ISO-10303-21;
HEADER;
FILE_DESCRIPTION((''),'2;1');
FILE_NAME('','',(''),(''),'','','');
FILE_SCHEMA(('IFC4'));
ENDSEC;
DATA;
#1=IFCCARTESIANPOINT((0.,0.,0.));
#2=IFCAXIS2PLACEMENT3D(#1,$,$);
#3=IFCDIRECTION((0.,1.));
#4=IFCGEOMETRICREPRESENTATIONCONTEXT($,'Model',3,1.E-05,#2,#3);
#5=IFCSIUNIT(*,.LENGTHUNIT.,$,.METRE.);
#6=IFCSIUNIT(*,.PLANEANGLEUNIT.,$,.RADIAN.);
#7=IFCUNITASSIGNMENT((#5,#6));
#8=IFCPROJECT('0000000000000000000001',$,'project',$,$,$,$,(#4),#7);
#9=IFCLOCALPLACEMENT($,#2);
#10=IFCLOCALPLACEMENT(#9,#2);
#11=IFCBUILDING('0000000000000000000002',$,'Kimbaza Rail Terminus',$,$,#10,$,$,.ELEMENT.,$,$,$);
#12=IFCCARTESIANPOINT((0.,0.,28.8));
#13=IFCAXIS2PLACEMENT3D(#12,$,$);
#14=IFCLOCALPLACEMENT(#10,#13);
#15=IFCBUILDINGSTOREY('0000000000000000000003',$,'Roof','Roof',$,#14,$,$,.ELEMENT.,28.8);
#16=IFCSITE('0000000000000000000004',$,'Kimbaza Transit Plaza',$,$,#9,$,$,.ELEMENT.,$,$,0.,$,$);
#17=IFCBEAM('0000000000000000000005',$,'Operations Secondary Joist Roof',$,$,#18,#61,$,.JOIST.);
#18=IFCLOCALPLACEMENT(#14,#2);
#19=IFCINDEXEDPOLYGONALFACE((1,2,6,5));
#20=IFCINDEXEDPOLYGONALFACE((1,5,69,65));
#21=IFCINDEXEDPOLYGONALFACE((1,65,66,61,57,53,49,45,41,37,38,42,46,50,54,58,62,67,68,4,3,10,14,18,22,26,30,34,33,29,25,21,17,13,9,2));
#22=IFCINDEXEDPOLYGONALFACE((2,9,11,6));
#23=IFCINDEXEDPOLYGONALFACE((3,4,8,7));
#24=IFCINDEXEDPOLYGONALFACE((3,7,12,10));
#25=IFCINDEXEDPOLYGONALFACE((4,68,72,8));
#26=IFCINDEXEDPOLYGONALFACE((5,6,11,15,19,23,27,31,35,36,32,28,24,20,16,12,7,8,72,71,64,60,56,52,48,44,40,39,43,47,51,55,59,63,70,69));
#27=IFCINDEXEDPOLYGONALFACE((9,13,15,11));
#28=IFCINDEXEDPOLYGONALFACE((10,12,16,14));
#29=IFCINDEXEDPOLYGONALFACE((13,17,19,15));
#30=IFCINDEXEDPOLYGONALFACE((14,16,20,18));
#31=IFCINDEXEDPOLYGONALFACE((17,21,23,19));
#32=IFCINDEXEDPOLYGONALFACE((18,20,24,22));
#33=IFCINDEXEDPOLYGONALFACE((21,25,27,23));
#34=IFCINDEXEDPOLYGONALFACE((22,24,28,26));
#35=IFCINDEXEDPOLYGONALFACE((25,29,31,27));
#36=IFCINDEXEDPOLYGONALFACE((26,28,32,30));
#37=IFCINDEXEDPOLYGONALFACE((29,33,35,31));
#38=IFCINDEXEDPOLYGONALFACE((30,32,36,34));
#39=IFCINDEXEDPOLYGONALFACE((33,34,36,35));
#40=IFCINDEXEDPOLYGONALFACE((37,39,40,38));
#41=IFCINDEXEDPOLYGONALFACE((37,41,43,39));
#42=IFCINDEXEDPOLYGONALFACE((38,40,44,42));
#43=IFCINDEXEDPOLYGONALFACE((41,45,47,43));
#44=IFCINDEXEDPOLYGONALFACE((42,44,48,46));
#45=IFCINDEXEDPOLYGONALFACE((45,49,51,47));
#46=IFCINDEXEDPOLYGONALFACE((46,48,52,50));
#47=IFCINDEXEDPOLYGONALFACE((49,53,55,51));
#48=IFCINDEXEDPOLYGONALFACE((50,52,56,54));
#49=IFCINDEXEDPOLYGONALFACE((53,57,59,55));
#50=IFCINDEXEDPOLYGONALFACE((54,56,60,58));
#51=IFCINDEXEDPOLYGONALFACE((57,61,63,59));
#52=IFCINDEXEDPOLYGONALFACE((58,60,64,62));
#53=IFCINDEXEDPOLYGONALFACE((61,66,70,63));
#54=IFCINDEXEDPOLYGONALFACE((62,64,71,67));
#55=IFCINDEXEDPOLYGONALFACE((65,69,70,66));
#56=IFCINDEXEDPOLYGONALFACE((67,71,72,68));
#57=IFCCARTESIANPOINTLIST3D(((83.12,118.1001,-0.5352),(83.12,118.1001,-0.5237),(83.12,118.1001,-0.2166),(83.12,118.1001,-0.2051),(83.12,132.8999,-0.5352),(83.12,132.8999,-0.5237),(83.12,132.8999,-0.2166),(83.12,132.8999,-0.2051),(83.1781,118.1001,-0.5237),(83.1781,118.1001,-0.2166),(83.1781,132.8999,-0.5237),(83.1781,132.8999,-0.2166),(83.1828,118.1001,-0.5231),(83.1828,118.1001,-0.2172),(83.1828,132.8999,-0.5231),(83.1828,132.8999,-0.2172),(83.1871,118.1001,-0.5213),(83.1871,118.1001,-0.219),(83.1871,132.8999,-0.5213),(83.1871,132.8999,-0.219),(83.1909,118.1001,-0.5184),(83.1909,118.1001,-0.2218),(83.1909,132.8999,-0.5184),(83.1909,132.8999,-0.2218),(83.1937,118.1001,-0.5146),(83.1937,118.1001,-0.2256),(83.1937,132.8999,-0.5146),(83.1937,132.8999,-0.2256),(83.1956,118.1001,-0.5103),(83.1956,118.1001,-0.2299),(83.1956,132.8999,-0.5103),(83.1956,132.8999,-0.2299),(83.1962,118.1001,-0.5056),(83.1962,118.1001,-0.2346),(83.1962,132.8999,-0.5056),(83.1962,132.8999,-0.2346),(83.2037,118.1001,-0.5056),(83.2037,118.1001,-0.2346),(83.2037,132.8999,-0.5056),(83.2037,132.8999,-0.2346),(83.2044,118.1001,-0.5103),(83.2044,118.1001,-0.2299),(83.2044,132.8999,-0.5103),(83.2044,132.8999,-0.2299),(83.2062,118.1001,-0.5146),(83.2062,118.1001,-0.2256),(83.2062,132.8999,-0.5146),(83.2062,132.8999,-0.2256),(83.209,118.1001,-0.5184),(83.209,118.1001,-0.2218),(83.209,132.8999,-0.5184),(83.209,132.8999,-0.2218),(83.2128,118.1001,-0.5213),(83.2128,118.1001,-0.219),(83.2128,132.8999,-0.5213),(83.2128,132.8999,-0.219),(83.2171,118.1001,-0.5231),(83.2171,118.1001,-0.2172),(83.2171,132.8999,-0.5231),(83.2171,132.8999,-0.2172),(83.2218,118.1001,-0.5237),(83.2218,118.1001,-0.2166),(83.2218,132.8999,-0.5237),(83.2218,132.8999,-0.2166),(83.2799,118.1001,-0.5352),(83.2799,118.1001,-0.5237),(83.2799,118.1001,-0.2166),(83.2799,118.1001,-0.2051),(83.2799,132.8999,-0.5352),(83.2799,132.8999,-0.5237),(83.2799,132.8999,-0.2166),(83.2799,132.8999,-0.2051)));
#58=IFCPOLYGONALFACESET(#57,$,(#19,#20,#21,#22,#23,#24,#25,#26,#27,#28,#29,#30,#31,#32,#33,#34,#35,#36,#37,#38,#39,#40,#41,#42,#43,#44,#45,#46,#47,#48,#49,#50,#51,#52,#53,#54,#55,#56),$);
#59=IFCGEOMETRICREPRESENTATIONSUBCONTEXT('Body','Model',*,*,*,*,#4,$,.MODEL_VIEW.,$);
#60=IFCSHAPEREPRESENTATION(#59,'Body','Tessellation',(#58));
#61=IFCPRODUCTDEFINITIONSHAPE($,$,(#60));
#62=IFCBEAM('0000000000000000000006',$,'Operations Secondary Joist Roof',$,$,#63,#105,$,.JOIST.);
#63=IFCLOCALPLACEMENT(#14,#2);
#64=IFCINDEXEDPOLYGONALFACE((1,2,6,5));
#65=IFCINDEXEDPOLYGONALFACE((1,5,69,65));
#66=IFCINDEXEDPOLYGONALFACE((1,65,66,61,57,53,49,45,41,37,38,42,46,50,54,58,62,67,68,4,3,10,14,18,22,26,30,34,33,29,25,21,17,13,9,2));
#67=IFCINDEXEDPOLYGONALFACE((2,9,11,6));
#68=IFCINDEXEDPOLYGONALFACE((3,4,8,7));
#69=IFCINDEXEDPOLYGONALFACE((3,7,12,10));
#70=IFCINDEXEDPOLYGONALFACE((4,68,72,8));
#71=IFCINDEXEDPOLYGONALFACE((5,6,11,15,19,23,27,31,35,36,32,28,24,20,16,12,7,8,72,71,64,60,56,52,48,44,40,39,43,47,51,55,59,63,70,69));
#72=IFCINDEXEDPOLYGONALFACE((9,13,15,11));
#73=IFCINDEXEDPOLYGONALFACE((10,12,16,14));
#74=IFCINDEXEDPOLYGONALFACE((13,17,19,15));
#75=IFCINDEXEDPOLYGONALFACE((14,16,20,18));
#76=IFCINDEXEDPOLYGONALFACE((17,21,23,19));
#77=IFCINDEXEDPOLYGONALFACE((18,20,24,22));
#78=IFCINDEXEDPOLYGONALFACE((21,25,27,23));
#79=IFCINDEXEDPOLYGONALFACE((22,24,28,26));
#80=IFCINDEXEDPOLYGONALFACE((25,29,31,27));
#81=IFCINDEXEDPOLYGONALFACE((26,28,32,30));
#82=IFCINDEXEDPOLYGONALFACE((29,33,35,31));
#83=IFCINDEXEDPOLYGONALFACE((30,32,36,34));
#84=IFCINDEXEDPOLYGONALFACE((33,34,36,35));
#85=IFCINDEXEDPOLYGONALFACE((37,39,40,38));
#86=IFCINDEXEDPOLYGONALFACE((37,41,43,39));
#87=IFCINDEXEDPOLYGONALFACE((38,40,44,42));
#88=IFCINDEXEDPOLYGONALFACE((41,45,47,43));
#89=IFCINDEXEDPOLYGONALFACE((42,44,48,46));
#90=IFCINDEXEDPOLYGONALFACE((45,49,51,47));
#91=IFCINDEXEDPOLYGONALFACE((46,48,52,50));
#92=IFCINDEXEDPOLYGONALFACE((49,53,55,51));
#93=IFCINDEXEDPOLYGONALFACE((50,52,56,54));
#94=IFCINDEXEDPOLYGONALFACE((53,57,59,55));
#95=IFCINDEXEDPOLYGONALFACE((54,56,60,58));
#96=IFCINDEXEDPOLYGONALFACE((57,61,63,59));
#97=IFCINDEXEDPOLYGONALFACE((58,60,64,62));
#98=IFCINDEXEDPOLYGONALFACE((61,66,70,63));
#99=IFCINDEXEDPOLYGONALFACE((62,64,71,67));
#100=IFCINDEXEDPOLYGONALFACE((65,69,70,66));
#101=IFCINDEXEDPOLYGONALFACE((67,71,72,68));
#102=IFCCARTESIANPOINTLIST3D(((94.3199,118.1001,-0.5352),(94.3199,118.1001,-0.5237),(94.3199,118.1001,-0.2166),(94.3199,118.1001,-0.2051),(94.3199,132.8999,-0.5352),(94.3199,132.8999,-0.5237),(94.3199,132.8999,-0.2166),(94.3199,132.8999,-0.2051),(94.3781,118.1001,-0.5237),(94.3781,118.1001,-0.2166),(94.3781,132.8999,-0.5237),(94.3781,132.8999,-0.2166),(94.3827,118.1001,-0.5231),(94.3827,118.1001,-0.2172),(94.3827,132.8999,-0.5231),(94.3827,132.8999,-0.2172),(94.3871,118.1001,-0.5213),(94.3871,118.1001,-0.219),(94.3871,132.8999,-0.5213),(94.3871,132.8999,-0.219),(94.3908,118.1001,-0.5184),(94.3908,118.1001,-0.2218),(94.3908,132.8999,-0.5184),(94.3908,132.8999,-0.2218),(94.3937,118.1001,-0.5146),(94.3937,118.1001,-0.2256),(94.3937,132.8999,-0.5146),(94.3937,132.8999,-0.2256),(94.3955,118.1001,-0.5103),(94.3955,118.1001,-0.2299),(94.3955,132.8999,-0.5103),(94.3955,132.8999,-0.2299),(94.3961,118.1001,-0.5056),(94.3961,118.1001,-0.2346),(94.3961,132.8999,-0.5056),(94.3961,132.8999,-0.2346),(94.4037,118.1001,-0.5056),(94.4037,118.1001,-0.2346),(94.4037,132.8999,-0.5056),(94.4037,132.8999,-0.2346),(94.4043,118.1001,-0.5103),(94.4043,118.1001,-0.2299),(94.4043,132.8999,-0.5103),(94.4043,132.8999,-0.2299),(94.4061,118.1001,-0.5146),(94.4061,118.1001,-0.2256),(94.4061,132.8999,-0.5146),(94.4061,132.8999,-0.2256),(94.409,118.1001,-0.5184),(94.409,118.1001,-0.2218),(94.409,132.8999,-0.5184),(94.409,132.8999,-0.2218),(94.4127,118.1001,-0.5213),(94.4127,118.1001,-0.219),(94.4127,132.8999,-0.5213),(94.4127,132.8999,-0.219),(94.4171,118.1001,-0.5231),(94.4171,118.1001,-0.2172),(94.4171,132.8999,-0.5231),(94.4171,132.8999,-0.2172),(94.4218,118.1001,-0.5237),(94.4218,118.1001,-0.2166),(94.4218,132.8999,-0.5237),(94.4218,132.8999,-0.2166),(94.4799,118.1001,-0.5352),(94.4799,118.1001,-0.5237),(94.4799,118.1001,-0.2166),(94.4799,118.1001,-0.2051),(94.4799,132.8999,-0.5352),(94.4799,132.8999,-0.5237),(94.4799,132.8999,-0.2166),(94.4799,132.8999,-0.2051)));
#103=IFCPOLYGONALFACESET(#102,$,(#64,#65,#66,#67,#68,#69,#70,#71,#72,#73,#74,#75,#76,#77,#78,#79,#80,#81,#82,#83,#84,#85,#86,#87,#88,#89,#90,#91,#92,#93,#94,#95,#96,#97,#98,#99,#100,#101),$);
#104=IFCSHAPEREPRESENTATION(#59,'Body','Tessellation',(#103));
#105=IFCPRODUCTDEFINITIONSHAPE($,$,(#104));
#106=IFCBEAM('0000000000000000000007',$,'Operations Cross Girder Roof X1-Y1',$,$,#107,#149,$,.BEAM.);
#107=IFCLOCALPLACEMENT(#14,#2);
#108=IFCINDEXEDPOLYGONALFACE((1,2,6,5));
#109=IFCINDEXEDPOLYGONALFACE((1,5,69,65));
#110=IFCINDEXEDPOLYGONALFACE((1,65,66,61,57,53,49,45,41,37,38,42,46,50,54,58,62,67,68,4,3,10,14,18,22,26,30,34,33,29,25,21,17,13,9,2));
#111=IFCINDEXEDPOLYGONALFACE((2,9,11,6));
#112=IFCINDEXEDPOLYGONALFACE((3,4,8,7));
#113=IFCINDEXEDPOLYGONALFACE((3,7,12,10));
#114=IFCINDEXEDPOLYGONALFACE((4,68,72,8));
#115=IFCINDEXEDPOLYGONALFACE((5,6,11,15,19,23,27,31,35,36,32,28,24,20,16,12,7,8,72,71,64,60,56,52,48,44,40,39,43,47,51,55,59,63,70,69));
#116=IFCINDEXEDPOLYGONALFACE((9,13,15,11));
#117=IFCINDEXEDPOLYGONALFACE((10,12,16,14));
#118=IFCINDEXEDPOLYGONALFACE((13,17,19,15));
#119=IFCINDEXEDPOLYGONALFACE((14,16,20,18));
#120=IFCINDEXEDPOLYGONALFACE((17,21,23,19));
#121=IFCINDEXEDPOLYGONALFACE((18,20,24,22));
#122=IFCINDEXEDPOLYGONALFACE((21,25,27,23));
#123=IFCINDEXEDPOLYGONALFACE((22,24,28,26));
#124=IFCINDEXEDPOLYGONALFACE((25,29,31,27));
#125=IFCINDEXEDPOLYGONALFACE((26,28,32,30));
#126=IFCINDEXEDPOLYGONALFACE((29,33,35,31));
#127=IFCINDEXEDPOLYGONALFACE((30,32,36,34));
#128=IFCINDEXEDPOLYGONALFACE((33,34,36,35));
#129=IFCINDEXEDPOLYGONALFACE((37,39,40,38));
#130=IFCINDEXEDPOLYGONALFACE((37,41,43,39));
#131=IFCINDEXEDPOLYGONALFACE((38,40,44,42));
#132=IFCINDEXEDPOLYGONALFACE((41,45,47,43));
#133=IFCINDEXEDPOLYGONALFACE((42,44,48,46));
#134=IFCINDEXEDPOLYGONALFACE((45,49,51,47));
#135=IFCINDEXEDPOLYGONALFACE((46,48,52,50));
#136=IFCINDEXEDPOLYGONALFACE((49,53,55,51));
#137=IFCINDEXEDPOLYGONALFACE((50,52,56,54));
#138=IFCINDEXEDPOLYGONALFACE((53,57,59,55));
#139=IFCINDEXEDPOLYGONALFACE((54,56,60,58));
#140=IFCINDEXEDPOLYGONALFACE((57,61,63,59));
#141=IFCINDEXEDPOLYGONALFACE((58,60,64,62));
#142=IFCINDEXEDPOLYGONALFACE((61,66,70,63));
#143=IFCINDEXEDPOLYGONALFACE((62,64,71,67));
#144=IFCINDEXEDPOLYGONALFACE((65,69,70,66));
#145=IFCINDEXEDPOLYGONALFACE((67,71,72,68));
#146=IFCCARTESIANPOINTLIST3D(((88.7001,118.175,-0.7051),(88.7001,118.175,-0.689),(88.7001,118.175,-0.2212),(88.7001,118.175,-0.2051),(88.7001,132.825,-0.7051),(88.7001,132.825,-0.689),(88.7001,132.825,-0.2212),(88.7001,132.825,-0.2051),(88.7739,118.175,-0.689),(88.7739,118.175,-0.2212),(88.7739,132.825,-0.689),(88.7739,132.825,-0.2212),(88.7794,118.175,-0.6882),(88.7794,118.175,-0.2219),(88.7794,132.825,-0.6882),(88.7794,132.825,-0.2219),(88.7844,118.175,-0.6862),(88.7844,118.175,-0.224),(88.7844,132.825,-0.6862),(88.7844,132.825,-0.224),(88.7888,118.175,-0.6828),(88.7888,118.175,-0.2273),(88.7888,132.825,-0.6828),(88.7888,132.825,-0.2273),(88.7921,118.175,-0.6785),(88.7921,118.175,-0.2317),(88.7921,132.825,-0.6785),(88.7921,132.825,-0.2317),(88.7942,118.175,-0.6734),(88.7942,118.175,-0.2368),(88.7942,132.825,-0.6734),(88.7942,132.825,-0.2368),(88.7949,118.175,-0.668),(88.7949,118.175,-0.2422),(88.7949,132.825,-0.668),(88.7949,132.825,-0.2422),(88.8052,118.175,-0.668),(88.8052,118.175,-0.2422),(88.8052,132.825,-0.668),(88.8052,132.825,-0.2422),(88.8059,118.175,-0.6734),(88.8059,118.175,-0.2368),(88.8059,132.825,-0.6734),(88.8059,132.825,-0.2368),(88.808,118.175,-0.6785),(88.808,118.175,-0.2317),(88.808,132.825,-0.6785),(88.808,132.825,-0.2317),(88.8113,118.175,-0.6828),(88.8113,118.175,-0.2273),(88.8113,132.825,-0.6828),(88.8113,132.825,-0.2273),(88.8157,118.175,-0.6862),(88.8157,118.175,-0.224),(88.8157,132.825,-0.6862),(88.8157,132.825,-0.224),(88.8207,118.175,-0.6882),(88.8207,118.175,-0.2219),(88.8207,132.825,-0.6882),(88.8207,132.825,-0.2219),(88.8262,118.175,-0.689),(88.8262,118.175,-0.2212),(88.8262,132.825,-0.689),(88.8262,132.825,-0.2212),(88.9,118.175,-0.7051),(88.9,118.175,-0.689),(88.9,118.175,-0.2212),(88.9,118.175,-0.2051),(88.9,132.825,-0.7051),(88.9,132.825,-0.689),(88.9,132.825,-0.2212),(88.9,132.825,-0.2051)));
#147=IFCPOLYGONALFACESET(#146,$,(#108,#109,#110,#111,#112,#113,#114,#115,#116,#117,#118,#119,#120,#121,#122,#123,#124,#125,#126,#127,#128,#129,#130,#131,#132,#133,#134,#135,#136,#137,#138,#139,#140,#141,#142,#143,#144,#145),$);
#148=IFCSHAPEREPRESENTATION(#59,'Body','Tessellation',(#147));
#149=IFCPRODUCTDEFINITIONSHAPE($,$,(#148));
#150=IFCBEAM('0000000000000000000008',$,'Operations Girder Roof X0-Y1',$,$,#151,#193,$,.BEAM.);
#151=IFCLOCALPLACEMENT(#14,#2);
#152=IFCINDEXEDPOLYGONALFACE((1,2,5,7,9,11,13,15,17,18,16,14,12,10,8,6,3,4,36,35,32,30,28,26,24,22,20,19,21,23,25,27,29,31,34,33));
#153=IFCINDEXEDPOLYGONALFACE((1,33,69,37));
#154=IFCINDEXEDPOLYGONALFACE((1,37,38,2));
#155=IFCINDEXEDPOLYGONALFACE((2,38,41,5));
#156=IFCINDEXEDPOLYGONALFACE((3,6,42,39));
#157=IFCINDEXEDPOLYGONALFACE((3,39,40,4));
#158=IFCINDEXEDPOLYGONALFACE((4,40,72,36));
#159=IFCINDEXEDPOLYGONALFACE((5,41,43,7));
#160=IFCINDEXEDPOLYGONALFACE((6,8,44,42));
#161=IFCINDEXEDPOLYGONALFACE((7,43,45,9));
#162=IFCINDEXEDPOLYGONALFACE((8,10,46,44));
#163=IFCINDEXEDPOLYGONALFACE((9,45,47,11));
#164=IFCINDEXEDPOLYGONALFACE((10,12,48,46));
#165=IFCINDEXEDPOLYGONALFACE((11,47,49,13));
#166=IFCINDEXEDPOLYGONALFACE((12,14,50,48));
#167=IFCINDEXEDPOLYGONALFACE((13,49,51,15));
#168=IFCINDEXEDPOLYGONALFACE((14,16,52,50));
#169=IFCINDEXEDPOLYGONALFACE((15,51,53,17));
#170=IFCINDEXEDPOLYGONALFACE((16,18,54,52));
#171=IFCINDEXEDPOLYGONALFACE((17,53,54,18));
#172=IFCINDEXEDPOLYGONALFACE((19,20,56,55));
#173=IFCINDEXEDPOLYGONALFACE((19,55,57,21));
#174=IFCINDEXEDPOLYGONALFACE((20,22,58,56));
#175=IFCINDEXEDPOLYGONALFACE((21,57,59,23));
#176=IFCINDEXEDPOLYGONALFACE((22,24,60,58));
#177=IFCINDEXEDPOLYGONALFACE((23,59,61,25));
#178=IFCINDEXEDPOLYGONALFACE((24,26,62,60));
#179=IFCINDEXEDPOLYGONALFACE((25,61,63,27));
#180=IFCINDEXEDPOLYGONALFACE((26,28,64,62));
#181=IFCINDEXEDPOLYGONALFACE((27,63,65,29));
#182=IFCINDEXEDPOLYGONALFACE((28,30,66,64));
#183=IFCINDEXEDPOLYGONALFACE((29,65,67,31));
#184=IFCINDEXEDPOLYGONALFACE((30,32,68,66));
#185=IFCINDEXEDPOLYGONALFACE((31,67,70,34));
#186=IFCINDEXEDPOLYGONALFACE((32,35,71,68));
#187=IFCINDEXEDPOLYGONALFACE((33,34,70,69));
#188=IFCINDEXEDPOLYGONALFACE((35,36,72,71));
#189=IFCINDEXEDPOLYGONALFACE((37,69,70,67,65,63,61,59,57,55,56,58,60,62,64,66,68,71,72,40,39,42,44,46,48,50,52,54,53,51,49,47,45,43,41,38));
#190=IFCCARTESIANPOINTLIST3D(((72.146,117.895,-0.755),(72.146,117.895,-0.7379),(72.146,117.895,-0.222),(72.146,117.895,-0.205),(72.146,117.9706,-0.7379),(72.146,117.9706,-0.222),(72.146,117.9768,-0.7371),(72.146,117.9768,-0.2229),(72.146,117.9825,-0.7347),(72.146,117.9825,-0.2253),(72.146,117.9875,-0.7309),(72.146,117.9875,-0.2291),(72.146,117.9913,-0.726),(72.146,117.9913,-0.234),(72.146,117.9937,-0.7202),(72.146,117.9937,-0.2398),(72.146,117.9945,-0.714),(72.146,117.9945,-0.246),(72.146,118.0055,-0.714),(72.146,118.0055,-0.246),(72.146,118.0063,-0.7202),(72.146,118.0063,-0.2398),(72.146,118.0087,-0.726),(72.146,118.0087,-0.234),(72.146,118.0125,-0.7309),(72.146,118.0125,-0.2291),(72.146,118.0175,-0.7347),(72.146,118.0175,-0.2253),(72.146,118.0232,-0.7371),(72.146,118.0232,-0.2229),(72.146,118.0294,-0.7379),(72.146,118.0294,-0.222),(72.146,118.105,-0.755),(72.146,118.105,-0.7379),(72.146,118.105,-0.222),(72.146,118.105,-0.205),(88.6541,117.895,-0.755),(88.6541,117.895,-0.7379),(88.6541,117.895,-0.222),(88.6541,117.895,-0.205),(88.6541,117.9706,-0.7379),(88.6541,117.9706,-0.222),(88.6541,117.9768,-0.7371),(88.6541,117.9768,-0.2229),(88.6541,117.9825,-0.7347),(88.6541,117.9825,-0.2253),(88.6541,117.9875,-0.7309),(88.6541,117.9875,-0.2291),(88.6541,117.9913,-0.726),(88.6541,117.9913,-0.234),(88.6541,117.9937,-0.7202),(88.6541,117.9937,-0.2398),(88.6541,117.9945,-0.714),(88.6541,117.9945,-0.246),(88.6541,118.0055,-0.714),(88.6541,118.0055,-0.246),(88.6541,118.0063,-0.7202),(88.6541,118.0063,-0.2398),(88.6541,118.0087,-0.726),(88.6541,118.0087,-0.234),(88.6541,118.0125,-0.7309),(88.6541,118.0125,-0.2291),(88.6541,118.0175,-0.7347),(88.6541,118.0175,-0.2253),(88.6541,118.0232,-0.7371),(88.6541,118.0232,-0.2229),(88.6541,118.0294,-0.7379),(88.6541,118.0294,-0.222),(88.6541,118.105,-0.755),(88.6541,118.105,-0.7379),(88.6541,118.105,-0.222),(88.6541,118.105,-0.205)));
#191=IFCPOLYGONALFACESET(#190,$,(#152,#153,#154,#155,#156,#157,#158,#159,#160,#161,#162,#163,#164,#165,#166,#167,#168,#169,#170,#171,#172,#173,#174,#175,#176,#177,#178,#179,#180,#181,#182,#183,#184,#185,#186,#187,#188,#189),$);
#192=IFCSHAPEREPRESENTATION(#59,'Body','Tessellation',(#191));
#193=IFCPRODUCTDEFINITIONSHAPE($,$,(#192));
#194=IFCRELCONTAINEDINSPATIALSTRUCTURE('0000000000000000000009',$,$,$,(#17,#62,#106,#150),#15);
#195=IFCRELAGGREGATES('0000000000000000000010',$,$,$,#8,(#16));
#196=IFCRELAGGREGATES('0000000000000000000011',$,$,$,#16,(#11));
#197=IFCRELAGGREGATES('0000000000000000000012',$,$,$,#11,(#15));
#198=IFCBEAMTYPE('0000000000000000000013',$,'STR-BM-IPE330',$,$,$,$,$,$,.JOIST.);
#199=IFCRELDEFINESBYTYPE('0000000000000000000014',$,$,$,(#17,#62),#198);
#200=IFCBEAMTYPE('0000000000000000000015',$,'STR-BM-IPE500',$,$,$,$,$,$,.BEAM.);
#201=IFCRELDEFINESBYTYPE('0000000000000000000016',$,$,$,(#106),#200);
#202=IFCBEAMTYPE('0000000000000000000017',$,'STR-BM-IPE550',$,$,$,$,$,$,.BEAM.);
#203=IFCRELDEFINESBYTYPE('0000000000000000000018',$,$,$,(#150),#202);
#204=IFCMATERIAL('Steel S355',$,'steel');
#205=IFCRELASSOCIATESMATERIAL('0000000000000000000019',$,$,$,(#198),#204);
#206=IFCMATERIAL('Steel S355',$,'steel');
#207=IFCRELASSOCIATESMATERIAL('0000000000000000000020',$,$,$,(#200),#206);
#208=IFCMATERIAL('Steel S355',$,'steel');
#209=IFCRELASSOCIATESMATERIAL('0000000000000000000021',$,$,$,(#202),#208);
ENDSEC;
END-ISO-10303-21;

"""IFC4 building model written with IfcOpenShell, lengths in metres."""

from ifc_helpers import new_model, si_unit, direction, frame, origin, origin_2d, place, context, subcontext, project, spatial, i_section, extrude, material, material_profile, profile_set, type_object, element, save


model = new_model("IFC4")

# Units and contexts
model_context = context("Model", 3, precision=1e-05, world=origin(), true_north=direction((0.0, 1.0)))
body_context = subcontext(model_context, "Body", "Model", "MODEL_VIEW")
ifc_project = project(units=[si_unit("LENGTHUNIT", "METRE"), si_unit("PLANEANGLEUNIT", "RADIAN")], contexts=[model_context])

# Site, building, storey
site_placement = place(None, origin())
site = spatial("IfcSite", under=ifc_project, at=site_placement, Name="Kimbaza Transit Plaza", CompositionType="ELEMENT", RefElevation=0.0)
building_placement = place(site_placement, origin())
building = spatial("IfcBuilding", under=site, at=building_placement, Name="Kimbaza Rail Terminus", CompositionType="ELEMENT")
storey_placement = place(building_placement, frame((0.0, 0.0, 28.8)))
storey = spatial("IfcBuildingStorey", under=building, at=storey_placement, Name="Roof", Description="Roof", CompositionType="ELEMENT", Elevation=28.8)

# Beams
ifc_material_1 = material(Name="Steel S355", Category="steel")
ifc_material_profile_1 = material_profile(ifc_material_1, i_section(OverallWidth=0.1599, OverallDepth=0.3301, WebThickness=0.0076, FlangeThickness=0.0115, FilletRadius=0.0181, at=origin_2d()), Name="IPE 330")
ifc_profile_set_1 = profile_set([ifc_material_profile_1], Name="Steel S355")
beam_type_1 = type_object("IfcBeamType", Name="STR-BM-IPE330", PredefinedType="JOIST", material=ifc_profile_set_1)
for number, where, z_axis, x_axis, name in (
    (1, (83.2, 118.1001, -0.3701), (0.0, 1.0, 0.0), (-1.0, 0.0, 0.0), "Operations Secondary Joist Roof"),
    (2, (94.3999, 118.1001, -0.3701), (0.0, 1.0, 0.0), (-1.0, 0.0, 0.0), "Operations Secondary Joist Roof"),
):
    element("IfcBeam", number, at=place(storey_placement, frame(where, z_axis=z_axis, x_axis=x_axis)), inside=storey, type_object=beam_type_1, Name=name, PredefinedType="JOIST", context=body_context, shape_type="SweptSolid", body=[
        extrude(i_section(OverallWidth=0.1599, OverallDepth=0.3301, WebThickness=0.0076, FlangeThickness=0.0115, FilletRadius=0.0181, at=origin_2d()), origin(), (0.0, 0.0, 1.0), 14.7998),
    ])
ifc_material_2 = material(Name="Steel S355", Category="steel")
ifc_material_profile_2 = material_profile(ifc_material_2, i_section(OverallWidth=0.2, OverallDepth=0.5, WebThickness=0.0103, FlangeThickness=0.0161, FilletRadius=0.021, at=origin_2d()), Name="IPE 500")
ifc_profile_set_2 = profile_set([ifc_material_profile_2], Name="Steel S355")
beam_type_2 = type_object("IfcBeamType", Name="STR-BM-IPE500", PredefinedType="BEAM", material=ifc_profile_set_2)
beam_1_placement = place(storey_placement, frame((88.8, 118.175, -0.4551), z_axis=(0.0, 1.0, 0.0), x_axis=(-1.0, 0.0, 0.0)))
element("IfcBeam", 3, at=beam_1_placement, inside=storey, type_object=beam_type_2, Name="Operations Cross Girder Roof X1-Y1", PredefinedType="BEAM", context=body_context, shape_type="SweptSolid", body=[
    extrude(i_section(OverallWidth=0.2, OverallDepth=0.5, WebThickness=0.0103, FlangeThickness=0.0161, FilletRadius=0.021, at=origin_2d()), origin(), (0.0, 0.0, 1.0), 14.6499),
])
ifc_material_3 = material(Name="Steel S355", Category="steel")
ifc_material_profile_3 = material_profile(ifc_material_3, i_section(OverallWidth=0.21, OverallDepth=0.55, WebThickness=0.011, FlangeThickness=0.0171, FilletRadius=0.0239, at=origin_2d()), Name="IPE 550")
ifc_profile_set_3 = profile_set([ifc_material_profile_3], Name="Steel S355")
beam_type_3 = type_object("IfcBeamType", Name="STR-BM-IPE550", PredefinedType="BEAM", material=ifc_profile_set_3)
for number, where, z_axis, x_axis, name in (
    (4, (72.146, 118.0, -0.48), (1.0, 0.0, 0.0), (0.0, 1.0, 0.0), "Operations Girder Roof X0-Y1"),
):
    element("IfcBeam", number, at=place(storey_placement, frame(where, z_axis=z_axis, x_axis=x_axis)), inside=storey, type_object=beam_type_3, Name=name, PredefinedType="BEAM", context=body_context, shape_type="SweptSolid", body=[
        extrude(i_section(OverallWidth=0.21, OverallDepth=0.55, WebThickness=0.011, FlangeThickness=0.0171, FilletRadius=0.0239, at=origin_2d()), origin(), (0.0, 0.0, 1.0), 16.5081),
    ])

save(model, "model.ifc")
